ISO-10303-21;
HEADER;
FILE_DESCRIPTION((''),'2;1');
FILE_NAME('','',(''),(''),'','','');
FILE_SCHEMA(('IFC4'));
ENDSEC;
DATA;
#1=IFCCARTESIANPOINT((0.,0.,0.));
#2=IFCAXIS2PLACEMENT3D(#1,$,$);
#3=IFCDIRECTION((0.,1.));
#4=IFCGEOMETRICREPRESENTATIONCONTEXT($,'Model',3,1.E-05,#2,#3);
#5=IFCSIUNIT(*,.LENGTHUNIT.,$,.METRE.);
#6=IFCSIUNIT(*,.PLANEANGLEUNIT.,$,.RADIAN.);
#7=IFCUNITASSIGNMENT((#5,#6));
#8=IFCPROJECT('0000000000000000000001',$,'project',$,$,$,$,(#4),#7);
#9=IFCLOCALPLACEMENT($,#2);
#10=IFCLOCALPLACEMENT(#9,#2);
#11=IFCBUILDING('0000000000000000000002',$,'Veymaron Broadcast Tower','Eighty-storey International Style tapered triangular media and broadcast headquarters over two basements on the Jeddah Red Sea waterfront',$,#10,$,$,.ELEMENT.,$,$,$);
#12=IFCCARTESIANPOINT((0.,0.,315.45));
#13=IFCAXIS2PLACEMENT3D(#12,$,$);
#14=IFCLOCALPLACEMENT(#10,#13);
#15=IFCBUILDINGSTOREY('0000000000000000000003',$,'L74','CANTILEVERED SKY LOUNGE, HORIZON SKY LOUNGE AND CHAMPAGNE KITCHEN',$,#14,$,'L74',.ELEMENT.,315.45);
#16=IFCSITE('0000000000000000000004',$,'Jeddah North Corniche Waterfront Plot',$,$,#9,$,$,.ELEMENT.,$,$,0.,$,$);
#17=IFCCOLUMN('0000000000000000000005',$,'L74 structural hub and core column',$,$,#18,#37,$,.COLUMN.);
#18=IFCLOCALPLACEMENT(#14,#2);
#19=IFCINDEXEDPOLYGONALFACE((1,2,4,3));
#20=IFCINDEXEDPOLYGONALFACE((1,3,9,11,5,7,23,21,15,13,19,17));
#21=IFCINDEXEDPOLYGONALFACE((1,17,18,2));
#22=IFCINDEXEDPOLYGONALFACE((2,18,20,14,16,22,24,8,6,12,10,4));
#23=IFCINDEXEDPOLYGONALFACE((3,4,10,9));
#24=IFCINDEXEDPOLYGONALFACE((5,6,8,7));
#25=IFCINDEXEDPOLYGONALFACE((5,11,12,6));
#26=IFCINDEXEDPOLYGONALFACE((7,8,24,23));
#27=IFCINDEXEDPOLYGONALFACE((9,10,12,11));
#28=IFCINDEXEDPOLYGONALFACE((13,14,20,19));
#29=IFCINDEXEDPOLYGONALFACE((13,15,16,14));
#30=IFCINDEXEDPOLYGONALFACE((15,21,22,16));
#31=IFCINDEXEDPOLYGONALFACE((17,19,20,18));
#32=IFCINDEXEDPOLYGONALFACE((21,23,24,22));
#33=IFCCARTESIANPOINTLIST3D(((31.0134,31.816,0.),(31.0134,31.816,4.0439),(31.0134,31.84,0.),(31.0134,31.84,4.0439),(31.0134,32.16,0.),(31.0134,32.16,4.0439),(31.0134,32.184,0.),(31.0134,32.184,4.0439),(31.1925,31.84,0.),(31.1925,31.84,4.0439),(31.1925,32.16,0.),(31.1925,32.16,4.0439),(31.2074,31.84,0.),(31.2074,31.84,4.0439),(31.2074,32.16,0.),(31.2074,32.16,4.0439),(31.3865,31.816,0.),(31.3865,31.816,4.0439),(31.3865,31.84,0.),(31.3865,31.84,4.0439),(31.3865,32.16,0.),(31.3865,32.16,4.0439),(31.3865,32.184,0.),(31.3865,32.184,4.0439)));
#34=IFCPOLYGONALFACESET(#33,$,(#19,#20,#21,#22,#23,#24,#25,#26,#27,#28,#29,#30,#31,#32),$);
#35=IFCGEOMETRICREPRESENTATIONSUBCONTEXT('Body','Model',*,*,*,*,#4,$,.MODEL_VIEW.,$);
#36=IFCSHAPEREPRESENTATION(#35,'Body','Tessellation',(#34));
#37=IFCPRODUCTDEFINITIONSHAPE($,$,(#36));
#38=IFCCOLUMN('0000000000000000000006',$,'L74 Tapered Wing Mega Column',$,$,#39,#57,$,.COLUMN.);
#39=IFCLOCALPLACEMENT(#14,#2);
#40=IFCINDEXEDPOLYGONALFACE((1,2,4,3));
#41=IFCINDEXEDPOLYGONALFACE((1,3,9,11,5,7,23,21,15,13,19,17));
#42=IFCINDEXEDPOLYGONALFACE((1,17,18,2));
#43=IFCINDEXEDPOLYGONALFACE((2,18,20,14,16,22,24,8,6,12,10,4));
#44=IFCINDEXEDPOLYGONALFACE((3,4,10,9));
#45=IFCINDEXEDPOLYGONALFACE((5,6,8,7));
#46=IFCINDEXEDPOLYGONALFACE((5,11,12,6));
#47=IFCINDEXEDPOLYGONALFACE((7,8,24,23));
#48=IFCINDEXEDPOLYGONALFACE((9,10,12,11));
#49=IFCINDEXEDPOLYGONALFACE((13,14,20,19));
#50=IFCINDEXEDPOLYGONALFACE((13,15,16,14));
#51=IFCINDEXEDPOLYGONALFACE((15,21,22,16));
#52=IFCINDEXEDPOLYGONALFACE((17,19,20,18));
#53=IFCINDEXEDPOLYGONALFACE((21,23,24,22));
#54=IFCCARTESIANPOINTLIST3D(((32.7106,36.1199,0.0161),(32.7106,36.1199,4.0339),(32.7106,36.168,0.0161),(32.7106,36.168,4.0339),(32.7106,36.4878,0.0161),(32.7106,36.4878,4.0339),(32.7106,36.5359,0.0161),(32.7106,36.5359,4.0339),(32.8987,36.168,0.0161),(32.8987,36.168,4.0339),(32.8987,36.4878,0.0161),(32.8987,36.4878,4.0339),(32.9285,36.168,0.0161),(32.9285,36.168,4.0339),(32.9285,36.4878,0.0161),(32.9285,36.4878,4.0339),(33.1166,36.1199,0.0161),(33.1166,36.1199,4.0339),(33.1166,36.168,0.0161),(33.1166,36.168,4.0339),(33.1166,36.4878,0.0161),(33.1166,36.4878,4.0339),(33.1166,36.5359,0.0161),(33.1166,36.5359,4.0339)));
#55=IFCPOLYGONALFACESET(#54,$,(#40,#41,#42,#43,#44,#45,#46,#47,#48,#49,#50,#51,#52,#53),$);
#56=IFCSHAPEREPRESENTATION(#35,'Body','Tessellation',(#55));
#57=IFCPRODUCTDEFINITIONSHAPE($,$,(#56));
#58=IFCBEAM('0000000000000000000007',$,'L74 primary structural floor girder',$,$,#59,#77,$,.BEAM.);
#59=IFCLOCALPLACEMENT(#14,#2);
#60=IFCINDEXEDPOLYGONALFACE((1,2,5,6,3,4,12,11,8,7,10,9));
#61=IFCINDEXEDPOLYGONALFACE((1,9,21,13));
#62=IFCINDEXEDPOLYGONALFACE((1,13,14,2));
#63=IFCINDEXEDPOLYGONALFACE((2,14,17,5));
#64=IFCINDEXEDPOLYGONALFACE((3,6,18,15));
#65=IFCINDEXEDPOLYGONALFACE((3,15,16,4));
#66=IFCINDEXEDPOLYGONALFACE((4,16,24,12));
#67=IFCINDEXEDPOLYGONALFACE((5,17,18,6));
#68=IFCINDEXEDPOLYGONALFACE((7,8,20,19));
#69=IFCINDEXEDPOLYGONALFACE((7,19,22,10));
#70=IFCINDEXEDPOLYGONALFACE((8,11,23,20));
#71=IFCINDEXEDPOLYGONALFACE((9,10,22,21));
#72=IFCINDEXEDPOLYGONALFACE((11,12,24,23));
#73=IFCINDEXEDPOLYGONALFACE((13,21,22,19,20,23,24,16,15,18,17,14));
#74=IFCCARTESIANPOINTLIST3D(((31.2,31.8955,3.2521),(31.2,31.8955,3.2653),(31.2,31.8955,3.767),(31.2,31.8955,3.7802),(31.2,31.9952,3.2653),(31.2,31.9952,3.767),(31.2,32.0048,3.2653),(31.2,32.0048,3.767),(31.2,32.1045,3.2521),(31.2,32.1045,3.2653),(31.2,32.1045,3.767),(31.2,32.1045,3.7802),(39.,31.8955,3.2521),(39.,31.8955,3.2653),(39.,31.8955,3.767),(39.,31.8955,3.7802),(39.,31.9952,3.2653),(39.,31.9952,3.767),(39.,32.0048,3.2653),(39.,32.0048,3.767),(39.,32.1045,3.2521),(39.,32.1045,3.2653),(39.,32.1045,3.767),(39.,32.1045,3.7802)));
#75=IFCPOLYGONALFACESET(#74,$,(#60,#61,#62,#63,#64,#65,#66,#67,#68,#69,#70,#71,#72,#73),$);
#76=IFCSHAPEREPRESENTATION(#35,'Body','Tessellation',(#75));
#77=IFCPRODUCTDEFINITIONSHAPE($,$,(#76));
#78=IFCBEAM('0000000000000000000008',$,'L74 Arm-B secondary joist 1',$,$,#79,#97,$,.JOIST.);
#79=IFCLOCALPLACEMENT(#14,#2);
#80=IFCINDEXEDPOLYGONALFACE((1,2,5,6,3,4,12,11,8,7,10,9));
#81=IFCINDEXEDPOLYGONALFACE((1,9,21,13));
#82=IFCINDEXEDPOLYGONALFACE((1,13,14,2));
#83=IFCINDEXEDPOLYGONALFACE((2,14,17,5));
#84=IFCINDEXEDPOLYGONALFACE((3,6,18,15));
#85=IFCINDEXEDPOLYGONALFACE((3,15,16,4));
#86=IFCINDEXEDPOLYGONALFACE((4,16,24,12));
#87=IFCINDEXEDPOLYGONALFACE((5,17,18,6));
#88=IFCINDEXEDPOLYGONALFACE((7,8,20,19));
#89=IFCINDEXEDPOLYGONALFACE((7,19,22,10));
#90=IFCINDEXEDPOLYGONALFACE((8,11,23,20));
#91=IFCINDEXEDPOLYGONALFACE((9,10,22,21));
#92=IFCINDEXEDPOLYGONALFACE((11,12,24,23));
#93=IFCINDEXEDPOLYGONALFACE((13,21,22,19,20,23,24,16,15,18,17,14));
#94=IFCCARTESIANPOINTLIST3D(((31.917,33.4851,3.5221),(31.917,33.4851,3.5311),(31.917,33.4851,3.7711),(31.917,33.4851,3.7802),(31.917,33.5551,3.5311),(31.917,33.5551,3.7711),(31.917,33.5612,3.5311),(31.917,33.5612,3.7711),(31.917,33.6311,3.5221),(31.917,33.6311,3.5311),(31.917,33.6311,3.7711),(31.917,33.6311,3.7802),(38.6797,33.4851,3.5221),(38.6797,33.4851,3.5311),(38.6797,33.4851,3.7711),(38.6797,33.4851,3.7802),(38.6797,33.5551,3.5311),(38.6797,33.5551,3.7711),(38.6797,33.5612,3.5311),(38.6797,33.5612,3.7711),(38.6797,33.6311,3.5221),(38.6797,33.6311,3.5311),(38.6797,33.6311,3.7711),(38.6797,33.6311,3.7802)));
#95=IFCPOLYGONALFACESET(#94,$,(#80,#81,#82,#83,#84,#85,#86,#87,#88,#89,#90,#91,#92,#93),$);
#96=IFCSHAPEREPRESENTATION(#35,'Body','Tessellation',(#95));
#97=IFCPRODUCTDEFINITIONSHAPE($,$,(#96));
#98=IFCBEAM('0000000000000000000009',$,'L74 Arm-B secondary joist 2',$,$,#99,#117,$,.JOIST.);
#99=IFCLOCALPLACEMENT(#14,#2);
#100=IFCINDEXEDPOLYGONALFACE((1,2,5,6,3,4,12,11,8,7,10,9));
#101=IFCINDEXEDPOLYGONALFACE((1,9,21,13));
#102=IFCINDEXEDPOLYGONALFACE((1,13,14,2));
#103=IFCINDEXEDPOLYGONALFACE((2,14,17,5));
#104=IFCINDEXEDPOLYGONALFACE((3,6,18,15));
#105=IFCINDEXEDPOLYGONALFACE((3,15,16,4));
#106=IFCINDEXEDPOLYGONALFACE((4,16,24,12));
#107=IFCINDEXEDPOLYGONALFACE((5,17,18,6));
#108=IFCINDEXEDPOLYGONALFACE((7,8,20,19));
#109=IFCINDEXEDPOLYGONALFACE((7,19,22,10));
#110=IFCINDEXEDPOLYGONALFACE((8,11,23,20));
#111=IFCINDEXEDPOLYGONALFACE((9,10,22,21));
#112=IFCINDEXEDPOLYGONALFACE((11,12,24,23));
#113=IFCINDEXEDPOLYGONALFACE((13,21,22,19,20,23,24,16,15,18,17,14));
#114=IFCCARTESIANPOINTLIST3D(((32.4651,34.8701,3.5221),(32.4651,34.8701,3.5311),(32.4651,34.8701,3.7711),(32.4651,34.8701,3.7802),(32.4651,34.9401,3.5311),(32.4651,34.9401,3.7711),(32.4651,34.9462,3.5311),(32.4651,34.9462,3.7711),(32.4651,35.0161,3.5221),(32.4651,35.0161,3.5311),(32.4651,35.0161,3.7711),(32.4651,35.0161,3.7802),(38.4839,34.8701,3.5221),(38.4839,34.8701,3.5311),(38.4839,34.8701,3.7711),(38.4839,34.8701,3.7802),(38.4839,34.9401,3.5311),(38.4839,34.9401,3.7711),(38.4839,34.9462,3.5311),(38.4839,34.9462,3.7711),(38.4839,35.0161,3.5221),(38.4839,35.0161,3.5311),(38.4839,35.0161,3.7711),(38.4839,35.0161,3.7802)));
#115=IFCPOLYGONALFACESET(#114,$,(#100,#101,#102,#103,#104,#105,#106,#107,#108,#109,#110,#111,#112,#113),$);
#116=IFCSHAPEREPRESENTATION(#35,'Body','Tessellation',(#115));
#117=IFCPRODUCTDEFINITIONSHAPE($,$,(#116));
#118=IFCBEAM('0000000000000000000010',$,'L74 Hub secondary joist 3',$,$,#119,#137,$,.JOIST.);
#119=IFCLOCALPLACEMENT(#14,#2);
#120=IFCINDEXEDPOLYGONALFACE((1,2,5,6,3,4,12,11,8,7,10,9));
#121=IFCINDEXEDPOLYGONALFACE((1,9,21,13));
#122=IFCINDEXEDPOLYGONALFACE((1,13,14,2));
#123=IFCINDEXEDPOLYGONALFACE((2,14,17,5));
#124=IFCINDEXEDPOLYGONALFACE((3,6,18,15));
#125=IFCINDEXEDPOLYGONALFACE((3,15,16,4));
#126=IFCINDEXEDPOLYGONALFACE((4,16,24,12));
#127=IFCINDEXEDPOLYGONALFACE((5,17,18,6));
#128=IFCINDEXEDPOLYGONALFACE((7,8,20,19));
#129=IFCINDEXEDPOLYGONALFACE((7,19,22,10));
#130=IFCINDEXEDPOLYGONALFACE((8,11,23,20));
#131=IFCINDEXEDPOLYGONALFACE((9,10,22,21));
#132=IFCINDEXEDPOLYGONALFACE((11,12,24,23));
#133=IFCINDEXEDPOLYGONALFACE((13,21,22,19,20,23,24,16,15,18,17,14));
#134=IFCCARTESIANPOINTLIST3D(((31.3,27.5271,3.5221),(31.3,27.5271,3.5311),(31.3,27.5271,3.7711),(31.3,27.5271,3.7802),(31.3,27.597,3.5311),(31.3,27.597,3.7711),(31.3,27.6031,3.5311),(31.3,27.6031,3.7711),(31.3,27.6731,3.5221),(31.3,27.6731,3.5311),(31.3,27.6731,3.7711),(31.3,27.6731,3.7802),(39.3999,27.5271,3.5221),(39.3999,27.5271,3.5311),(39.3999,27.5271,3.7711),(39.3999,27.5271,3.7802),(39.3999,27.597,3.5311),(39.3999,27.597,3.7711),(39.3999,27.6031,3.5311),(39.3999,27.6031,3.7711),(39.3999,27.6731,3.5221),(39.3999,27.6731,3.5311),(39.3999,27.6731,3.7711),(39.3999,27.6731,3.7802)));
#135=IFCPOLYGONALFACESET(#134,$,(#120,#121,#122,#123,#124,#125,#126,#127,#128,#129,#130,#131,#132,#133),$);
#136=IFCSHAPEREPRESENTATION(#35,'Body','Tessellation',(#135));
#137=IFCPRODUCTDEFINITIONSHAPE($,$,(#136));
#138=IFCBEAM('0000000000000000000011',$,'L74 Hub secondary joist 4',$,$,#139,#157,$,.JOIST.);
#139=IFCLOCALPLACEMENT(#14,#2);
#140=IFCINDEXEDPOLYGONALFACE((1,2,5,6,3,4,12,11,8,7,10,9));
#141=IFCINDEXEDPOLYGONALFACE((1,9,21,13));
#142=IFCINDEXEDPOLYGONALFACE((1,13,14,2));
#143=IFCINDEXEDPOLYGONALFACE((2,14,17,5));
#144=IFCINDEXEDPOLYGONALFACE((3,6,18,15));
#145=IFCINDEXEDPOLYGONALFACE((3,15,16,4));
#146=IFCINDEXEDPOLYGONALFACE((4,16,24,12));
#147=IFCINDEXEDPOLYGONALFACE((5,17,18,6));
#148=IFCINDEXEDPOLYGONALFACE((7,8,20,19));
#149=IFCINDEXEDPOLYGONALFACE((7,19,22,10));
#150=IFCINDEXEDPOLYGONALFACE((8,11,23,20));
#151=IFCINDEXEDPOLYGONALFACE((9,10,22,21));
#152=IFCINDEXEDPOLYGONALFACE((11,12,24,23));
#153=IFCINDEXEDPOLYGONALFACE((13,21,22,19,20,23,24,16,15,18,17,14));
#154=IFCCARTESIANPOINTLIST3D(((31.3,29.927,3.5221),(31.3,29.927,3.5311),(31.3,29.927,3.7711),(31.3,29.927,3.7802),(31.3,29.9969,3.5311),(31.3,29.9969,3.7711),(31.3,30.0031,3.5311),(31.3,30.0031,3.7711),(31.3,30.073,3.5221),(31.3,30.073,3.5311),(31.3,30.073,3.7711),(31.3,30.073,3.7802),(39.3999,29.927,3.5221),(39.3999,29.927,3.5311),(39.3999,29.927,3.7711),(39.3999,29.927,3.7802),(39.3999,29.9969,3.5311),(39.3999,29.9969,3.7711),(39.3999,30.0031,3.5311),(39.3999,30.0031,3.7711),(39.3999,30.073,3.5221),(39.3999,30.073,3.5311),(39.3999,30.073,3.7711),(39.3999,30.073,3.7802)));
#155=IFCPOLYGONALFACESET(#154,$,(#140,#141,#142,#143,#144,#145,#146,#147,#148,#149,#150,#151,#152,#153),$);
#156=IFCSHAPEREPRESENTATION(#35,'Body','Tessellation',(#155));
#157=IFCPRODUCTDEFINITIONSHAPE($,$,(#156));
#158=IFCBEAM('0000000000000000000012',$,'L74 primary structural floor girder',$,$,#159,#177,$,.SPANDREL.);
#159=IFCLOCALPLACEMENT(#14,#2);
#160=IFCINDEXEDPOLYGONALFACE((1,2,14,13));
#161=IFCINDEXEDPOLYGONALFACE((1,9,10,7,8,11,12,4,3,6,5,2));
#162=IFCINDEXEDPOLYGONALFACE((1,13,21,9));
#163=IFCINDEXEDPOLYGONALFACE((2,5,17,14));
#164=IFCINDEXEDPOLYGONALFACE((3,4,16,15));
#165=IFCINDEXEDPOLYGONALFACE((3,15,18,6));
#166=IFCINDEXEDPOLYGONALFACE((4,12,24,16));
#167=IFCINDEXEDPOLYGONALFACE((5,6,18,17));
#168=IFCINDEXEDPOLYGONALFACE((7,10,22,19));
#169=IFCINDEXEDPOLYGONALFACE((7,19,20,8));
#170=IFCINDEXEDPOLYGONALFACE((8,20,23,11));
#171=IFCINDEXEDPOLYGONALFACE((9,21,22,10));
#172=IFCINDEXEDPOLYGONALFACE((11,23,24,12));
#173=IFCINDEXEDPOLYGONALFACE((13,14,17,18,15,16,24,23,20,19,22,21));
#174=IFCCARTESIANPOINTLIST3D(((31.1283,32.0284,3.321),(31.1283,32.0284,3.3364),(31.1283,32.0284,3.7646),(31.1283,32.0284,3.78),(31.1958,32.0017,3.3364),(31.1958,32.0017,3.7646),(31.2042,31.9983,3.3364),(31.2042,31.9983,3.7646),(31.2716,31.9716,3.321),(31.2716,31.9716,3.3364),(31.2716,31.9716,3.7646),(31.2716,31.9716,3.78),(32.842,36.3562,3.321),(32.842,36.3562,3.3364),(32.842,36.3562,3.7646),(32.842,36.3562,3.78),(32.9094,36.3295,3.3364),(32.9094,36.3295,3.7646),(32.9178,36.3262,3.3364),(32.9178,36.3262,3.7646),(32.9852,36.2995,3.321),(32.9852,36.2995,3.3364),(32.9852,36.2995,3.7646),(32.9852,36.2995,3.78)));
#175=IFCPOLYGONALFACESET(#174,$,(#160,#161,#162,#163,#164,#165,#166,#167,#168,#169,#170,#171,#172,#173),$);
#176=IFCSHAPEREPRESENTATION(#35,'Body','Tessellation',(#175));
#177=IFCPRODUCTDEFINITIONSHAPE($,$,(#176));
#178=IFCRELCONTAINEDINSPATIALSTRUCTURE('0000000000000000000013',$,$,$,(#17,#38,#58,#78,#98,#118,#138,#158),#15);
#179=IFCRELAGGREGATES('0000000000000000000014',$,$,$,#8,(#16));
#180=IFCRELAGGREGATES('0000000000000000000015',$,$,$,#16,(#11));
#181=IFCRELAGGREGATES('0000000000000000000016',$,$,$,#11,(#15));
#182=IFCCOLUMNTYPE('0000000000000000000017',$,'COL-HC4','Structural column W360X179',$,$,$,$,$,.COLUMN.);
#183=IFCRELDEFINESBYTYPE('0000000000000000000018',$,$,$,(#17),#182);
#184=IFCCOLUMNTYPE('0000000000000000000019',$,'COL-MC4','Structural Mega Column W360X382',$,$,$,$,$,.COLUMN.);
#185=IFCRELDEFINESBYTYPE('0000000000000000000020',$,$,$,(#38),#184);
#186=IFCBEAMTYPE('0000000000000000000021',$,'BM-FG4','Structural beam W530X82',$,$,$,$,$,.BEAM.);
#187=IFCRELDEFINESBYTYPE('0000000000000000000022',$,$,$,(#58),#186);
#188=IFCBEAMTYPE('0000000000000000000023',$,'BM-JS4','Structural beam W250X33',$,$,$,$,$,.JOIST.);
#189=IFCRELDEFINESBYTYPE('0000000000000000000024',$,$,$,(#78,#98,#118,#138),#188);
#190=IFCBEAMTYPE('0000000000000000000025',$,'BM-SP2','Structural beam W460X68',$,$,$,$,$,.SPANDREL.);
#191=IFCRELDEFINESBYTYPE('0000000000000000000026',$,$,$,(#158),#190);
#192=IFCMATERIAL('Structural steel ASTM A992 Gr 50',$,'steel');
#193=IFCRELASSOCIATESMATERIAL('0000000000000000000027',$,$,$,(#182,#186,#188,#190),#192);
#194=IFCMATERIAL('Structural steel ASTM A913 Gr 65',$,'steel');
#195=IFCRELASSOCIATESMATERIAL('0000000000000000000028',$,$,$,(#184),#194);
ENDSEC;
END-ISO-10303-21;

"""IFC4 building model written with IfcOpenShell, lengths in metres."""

from ifc_helpers import new_model, si_unit, direction, frame, origin, origin_2d, place, context, subcontext, project, spatial, i_section, extrude, material, material_profile, profile_set, type_object, element, save


model = new_model("IFC4")

# Units and contexts
model_context = context("Model", 3, precision=1e-05, world=origin(), true_north=direction((0.0, 1.0)))
body_context = subcontext(model_context, "Body", "Model", "MODEL_VIEW")
ifc_project = project(units=[si_unit("LENGTHUNIT", "METRE"), si_unit("PLANEANGLEUNIT", "RADIAN")], contexts=[model_context])

# Site, building, storey
site_placement = place(None, origin())
site = spatial("IfcSite", under=ifc_project, at=site_placement, Name="Jeddah North Corniche Waterfront Plot", CompositionType="ELEMENT", RefElevation=0.0)
building_placement = place(site_placement, origin())
building = spatial("IfcBuilding", under=site, at=building_placement, Name="Veymaron Broadcast Tower", Description="Eighty-storey International Style tapered triangular media and broadcast headquarters over two basements on the Jeddah Red Sea waterfront", CompositionType="ELEMENT")
storey_placement = place(building_placement, frame((0.0, 0.0, 315.45)))
storey = spatial("IfcBuildingStorey", under=building, at=storey_placement, Name="L74", Description="CANTILEVERED SKY LOUNGE, HORIZON SKY LOUNGE AND CHAMPAGNE KITCHEN", LongName="L74", CompositionType="ELEMENT", Elevation=315.45)

# Columns
ifc_material_1 = material(Name="Structural steel ASTM A992 Gr 50", Category="steel")
ifc_material_profile_1 = material_profile(ifc_material_1, i_section(OverallWidth=0.373, OverallDepth=0.3679, WebThickness=0.0149, FlangeThickness=0.0239, at=origin_2d()), Name="W360X179")
ifc_profile_set_1 = profile_set([ifc_material_profile_1], Name="Structural steel ASTM A992 Gr 50")
column_type_1 = type_object("IfcColumnType", Name="COL-HC4", Description="Structural column W360X179", PredefinedType="COLUMN", material=ifc_profile_set_1)
column_1_placement = place(storey_placement, frame((31.2, 32.0, 0.0), z_axis=(0.0, 0.0, 1.0), x_axis=(1.0, 0.0, 0.0)))
element("IfcColumn", 1, at=column_1_placement, inside=storey, type_object=column_type_1, Name="L74 structural hub and core column", PredefinedType="COLUMN", context=body_context, shape_type="SweptSolid", body=[
    extrude(i_section(OverallWidth=0.373, OverallDepth=0.3679, WebThickness=0.0149, FlangeThickness=0.0239, at=origin_2d()), origin(), (0.0, 0.0, 1.0), 4.0439),
])
ifc_material_2 = material(Name="Structural steel ASTM A913 Gr 65", Category="steel")
ifc_material_profile_2 = material_profile(ifc_material_2, i_section(OverallWidth=0.406, OverallDepth=0.416, WebThickness=0.0298, FlangeThickness=0.0481, at=origin_2d()), Name="W360X382")
ifc_profile_set_2 = profile_set([ifc_material_profile_2], Name="Structural steel ASTM A913 Gr 65")
column_type_2 = type_object("IfcColumnType", Name="COL-MC4", Description="Structural Mega Column W360X382", PredefinedType="COLUMN", material=ifc_profile_set_2)
column_2_placement = place(storey_placement, frame((32.9136, 36.3279, 0.0161), z_axis=(0.0, 0.0, 1.0), x_axis=(1.0, 0.0, 0.0)))
element("IfcColumn", 2, at=column_2_placement, inside=storey, type_object=column_type_2, Name="L74 Tapered Wing Mega Column", PredefinedType="COLUMN", context=body_context, shape_type="SweptSolid", body=[
    extrude(i_section(OverallWidth=0.406, OverallDepth=0.416, WebThickness=0.0298, FlangeThickness=0.0481, at=origin_2d()), origin(), (0.0, 0.0, 1.0), 4.0178),
])

# Beams
ifc_material_profile_3 = material_profile(ifc_material_1, i_section(OverallWidth=0.209, OverallDepth=0.5281, WebThickness=0.0095, FlangeThickness=0.0132, at=origin_2d()), Name="W530X82")
ifc_profile_set_3 = profile_set([ifc_material_profile_3], Name="Structural steel ASTM A992 Gr 50")
beam_type_1 = type_object("IfcBeamType", Name="BM-FG4", Description="Structural beam W530X82", PredefinedType="BEAM", material=ifc_profile_set_3)
beam_1_placement = place(storey_placement, frame((31.2, 32.0, 3.5161), z_axis=(1.0, 0.0, 0.0), x_axis=(0.0, 1.0, 0.0)))
element("IfcBeam", 3, at=beam_1_placement, inside=storey, type_object=beam_type_1, Name="L74 primary structural floor girder", PredefinedType="BEAM", context=body_context, shape_type="SweptSolid", body=[
    extrude(i_section(OverallWidth=0.209, OverallDepth=0.5281, WebThickness=0.0095, FlangeThickness=0.0132, at=origin_2d()), origin(), (0.0, 0.0, 1.0), 7.8),
])
ifc_material_profile_4 = material_profile(ifc_material_1, i_section(OverallWidth=0.146, OverallDepth=0.2581, WebThickness=0.0061, FlangeThickness=0.009, at=origin_2d()), Name="W250X33")
ifc_profile_set_4 = profile_set([ifc_material_profile_4], Name="Structural steel ASTM A992 Gr 50")
beam_type_2 = type_object("IfcBeamType", Name="BM-JS4", Description="Structural beam W250X33", PredefinedType="JOIST", material=ifc_profile_set_4)
beam_2_placement = place(storey_placement, frame((31.917, 33.5581, 3.6511), z_axis=(1.0, 0.0, 0.0), x_axis=(0.0, 1.0, 0.0)))
element("IfcBeam", 4, at=beam_2_placement, inside=storey, type_object=beam_type_2, Name="L74 Arm-B secondary joist 1", PredefinedType="JOIST", context=body_context, shape_type="SweptSolid", body=[
    extrude(i_section(OverallWidth=0.146, OverallDepth=0.2581, WebThickness=0.0061, FlangeThickness=0.009, at=origin_2d()), origin(), (0.0, 0.0, 1.0), 6.7627),
])
beam_3_placement = place(storey_placement, frame((32.4651, 34.9431, 3.6511), z_axis=(1.0, 0.0, 0.0), x_axis=(0.0, 1.0, 0.0)))
element("IfcBeam", 5, at=beam_3_placement, inside=storey, type_object=beam_type_2, Name="L74 Arm-B secondary joist 2", PredefinedType="JOIST", context=body_context, shape_type="SweptSolid", body=[
    extrude(i_section(OverallWidth=0.146, OverallDepth=0.2581, WebThickness=0.0061, FlangeThickness=0.009, at=origin_2d()), origin(), (0.0, 0.0, 1.0), 6.0188),
])
for number, where, z_axis, x_axis, name in (
    (6, (31.3, 27.6001, 3.6511), (1.0, 0.0, 0.0), (0.0, 1.0, 0.0), "L74 Hub secondary joist 3"),
    (7, (31.3, 30.0, 3.6511), (1.0, 0.0, 0.0), (0.0, 1.0, 0.0), "L74 Hub secondary joist 4"),
):
    element("IfcBeam", number, at=place(storey_placement, frame(where, z_axis=z_axis, x_axis=x_axis)), inside=storey, type_object=beam_type_2, Name=name, PredefinedType="JOIST", context=body_context, shape_type="SweptSolid", body=[
        extrude(i_section(OverallWidth=0.146, OverallDepth=0.2581, WebThickness=0.0061, FlangeThickness=0.009, at=origin_2d()), origin(), (0.0, 0.0, 1.0), 8.0999),
    ])
ifc_material_profile_5 = material_profile(ifc_material_1, i_section(OverallWidth=0.1541, OverallDepth=0.459, WebThickness=0.009, FlangeThickness=0.0154, at=origin_2d()), Name="W460X68")
ifc_profile_set_5 = profile_set([ifc_material_profile_5], Name="Structural steel ASTM A992 Gr 50")
beam_type_3 = type_object("IfcBeamType", Name="BM-SP2", Description="Structural beam W460X68", PredefinedType="SPANDREL", material=ifc_profile_set_5)
beam_4_placement = place(storey_placement, frame((31.2, 32.0, 3.5505), z_axis=(0.368142, 0.92977, 0.0), x_axis=(-0.92977, 0.368142, 0.0)))
element("IfcBeam", 8, at=beam_4_placement, inside=storey, type_object=beam_type_3, Name="L74 primary structural floor girder", PredefinedType="SPANDREL", context=body_context, shape_type="SweptSolid", body=[
    extrude(i_section(OverallWidth=0.1541, OverallDepth=0.459, WebThickness=0.009, FlangeThickness=0.0154, at=origin_2d()), origin(), (0.0, 0.0, 1.0), 4.6548),
])

save(model, "model.ifc")
